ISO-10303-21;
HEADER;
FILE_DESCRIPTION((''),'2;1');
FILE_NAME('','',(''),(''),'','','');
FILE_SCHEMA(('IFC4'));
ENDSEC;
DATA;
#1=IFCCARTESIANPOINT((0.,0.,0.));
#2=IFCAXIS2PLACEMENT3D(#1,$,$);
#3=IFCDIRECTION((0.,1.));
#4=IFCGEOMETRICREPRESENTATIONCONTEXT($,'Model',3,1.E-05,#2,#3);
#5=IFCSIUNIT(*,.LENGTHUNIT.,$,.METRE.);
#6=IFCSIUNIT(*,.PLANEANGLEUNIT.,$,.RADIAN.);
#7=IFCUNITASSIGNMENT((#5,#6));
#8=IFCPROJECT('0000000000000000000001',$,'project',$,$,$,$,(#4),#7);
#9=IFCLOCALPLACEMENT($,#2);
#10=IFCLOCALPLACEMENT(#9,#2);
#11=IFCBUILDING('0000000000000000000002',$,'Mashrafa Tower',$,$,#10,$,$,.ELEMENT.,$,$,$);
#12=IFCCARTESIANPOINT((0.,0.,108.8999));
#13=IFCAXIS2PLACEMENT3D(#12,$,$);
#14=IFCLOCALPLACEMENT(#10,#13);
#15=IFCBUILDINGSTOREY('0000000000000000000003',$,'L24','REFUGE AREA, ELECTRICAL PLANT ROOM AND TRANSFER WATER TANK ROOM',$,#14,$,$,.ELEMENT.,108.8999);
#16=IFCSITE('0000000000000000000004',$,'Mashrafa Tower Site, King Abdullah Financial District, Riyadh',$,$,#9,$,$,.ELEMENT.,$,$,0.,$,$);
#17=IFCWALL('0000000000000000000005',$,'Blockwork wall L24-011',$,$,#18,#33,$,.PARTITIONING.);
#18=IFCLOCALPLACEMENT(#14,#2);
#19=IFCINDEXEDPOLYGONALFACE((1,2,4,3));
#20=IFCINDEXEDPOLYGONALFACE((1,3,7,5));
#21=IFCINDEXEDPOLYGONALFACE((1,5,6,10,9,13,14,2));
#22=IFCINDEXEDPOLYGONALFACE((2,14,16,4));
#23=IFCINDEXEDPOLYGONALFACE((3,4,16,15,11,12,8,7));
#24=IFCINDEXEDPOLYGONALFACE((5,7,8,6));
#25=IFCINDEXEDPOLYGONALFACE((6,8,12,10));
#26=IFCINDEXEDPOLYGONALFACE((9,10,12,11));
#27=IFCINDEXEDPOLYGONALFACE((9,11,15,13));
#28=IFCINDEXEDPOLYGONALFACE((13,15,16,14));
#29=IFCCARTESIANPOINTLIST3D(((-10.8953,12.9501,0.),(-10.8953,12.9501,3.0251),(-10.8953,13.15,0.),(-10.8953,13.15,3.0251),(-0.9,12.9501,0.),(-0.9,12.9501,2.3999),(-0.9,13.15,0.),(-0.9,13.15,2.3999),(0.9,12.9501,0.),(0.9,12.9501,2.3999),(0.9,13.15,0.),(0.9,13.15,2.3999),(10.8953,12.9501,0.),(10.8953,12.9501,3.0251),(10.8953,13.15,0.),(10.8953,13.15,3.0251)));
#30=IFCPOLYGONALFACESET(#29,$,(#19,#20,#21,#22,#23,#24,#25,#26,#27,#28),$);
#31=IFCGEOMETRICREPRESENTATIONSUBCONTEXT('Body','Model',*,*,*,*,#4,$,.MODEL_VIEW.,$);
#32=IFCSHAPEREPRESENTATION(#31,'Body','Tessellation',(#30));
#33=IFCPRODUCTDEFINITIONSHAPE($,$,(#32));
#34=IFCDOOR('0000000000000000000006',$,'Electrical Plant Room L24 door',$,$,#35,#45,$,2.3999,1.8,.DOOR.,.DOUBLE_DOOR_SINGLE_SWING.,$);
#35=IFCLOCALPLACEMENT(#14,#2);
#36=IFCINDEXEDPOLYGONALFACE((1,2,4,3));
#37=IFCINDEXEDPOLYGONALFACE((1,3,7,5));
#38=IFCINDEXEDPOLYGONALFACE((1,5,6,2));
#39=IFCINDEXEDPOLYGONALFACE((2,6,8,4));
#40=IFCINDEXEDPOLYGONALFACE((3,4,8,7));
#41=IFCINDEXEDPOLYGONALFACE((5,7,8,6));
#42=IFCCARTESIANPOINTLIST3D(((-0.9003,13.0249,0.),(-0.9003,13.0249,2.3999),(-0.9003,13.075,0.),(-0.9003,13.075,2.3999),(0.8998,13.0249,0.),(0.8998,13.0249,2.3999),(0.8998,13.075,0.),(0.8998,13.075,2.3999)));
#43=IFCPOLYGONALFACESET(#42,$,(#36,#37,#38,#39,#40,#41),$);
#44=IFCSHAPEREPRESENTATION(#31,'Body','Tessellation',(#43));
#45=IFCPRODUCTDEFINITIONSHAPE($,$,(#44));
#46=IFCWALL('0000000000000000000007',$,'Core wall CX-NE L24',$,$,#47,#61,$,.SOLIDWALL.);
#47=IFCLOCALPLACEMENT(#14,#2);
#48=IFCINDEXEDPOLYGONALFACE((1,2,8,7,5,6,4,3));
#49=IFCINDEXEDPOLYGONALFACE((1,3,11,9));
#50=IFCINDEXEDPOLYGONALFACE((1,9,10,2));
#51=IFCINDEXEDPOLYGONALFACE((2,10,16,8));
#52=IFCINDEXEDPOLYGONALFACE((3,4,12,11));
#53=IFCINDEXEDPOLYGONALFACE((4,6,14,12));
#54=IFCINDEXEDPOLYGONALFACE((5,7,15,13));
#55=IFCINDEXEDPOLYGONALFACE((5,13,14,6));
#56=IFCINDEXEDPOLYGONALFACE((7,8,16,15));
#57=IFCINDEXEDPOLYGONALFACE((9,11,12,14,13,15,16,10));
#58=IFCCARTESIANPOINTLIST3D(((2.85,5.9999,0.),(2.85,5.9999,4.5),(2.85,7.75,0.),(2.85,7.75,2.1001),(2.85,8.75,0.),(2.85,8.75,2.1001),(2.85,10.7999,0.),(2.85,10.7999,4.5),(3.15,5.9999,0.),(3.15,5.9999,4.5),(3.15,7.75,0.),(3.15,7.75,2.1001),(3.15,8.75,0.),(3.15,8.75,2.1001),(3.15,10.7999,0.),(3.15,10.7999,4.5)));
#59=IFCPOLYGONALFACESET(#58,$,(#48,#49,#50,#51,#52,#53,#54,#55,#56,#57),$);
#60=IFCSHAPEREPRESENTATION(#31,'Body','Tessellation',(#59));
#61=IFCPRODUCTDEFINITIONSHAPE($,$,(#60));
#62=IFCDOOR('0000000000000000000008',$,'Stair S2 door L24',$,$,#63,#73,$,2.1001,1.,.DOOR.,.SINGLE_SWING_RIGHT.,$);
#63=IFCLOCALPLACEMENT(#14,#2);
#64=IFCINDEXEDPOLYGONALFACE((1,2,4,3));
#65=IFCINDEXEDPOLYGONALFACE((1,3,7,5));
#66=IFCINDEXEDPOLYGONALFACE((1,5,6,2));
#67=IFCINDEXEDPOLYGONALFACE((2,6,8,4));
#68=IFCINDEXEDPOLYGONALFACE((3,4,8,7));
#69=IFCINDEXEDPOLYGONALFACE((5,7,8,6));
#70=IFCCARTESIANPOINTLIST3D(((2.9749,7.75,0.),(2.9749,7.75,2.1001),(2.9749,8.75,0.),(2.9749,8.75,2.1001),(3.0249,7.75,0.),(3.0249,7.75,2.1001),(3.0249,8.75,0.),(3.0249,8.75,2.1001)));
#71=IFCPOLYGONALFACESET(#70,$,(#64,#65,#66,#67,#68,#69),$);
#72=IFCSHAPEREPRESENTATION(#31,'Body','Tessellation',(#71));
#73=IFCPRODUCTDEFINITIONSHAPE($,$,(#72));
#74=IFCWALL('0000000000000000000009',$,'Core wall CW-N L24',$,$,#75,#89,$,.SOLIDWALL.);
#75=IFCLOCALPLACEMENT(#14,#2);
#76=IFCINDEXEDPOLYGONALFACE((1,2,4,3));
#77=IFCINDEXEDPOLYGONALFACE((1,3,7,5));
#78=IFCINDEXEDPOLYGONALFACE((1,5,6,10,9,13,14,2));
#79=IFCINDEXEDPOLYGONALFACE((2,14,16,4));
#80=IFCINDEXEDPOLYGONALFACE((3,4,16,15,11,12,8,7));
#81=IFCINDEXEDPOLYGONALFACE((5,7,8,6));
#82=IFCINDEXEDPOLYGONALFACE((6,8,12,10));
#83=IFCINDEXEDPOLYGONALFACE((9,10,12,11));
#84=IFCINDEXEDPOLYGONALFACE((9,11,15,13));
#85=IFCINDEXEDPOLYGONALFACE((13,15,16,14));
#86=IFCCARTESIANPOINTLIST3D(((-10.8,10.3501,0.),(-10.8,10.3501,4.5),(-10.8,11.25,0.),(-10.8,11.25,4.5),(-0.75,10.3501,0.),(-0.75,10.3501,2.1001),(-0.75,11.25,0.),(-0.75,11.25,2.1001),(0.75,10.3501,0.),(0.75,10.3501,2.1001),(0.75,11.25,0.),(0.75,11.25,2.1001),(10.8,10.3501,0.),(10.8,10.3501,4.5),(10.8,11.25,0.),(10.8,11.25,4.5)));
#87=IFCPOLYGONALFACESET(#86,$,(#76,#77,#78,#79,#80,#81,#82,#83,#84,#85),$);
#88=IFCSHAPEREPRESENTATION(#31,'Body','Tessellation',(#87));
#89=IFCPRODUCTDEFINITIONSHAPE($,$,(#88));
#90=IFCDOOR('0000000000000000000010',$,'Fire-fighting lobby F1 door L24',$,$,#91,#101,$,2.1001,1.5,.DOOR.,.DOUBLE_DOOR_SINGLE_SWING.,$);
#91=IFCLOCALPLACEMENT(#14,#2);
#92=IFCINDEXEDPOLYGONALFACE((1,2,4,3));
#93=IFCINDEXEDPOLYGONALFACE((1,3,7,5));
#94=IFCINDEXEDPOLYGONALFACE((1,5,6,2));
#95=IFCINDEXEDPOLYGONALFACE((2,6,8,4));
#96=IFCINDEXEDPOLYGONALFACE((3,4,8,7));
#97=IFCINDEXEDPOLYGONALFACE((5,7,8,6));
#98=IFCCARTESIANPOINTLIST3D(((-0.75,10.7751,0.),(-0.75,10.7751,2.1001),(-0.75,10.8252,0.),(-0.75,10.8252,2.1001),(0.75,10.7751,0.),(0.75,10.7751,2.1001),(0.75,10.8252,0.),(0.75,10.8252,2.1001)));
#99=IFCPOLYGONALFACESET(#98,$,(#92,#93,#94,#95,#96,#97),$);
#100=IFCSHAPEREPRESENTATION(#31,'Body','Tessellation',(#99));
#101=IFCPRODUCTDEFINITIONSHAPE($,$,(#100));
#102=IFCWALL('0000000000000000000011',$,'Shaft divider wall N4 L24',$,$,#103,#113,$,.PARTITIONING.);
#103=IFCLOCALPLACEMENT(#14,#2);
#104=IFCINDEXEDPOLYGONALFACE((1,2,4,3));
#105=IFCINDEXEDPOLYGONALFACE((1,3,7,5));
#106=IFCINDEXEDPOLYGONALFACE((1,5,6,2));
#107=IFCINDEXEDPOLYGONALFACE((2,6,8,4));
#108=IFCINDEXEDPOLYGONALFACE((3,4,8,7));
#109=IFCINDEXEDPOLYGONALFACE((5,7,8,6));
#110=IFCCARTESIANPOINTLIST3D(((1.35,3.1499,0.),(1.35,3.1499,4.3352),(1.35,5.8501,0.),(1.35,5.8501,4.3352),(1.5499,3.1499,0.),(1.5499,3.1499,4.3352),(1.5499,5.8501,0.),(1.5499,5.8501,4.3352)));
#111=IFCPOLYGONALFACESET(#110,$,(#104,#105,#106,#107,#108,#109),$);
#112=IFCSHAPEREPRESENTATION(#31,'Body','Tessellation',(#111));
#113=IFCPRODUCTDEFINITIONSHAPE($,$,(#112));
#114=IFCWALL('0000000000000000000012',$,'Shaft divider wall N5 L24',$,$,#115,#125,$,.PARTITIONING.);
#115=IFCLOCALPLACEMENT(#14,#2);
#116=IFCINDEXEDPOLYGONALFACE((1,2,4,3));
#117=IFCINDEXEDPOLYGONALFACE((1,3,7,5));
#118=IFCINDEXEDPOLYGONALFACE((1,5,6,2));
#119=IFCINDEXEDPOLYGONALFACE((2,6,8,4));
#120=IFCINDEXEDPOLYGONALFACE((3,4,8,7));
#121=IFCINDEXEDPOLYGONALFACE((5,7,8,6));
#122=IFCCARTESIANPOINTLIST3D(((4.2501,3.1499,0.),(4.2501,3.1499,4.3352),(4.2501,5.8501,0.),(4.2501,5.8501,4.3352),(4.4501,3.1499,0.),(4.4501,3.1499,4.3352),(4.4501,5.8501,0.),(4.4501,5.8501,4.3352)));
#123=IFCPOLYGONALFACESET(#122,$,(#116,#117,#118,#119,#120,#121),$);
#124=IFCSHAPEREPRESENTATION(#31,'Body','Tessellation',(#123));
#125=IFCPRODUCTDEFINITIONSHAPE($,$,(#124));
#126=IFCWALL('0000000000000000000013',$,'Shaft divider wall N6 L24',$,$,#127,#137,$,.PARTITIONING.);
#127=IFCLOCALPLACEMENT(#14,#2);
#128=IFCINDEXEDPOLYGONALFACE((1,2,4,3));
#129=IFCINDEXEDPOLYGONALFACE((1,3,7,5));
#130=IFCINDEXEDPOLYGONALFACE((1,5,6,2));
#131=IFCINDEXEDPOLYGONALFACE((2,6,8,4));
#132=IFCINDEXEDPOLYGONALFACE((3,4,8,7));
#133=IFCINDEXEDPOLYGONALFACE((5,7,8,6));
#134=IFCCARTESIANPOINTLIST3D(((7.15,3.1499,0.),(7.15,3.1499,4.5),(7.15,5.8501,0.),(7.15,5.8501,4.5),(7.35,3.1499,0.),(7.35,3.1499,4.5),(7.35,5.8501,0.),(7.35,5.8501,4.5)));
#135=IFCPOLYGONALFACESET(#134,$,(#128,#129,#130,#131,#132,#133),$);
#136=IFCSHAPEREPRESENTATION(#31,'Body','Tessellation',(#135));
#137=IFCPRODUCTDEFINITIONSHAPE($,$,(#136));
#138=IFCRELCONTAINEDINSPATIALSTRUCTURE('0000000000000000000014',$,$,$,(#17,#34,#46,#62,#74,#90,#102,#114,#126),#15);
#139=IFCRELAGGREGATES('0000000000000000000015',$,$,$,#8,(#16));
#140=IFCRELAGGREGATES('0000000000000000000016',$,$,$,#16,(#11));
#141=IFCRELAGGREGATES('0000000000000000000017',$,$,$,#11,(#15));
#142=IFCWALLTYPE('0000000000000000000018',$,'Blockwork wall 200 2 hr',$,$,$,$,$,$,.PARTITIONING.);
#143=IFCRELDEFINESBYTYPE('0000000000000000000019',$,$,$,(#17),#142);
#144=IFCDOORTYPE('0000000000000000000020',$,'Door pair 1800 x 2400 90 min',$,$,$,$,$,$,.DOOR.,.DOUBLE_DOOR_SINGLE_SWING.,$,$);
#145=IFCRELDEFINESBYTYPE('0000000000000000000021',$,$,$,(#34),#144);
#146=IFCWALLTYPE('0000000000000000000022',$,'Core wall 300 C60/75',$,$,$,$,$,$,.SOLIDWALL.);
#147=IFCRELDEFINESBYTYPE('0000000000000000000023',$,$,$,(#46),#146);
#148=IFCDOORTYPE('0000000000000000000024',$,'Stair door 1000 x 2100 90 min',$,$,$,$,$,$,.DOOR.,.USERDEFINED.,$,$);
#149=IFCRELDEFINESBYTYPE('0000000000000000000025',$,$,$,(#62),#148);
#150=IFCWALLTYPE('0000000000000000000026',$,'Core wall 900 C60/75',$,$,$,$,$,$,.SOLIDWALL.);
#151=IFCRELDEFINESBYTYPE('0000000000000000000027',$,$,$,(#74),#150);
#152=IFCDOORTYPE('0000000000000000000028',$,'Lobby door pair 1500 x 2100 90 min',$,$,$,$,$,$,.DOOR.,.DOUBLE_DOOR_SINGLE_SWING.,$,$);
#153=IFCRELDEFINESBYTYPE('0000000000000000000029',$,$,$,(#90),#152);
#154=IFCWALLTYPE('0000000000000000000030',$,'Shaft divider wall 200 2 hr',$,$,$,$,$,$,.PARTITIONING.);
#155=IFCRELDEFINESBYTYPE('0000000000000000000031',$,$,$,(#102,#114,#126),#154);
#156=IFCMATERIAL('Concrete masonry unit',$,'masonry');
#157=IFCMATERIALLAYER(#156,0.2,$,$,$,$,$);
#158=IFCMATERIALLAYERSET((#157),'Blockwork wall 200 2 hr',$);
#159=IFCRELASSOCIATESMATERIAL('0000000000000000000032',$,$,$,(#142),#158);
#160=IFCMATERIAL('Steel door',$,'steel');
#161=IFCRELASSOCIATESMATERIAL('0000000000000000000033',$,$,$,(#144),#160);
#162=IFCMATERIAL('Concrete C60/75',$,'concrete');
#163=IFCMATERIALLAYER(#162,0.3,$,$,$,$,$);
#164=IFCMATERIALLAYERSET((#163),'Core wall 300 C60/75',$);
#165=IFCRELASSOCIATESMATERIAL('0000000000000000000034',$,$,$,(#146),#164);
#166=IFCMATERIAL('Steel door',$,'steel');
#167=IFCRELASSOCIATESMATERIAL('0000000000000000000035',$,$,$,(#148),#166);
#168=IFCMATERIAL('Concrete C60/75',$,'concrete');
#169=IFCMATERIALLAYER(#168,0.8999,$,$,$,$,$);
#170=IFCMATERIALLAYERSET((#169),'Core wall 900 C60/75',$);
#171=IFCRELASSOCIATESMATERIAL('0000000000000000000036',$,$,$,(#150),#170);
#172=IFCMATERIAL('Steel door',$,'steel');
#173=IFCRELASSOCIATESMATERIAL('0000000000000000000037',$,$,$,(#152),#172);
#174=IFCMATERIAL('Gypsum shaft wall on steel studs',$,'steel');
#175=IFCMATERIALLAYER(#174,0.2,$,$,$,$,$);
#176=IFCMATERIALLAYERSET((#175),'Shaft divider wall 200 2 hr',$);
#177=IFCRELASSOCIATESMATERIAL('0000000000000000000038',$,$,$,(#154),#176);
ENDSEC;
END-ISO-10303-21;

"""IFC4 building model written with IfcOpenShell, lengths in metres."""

from ifc_helpers import new_model, si_unit, direction, frame, frame_2d, origin, place, context, subcontext, project, spatial, rectangle, extrude, material, layer, layer_set, type_object, element, fill, save


model = new_model("IFC4")

# Units and contexts
model_context = context("Model", 3, precision=1e-05, world=origin(), true_north=direction((0.0, 1.0)))
body_context = subcontext(model_context, "Body", "Model", "MODEL_VIEW")
ifc_project = project(units=[si_unit("LENGTHUNIT", "METRE"), si_unit("PLANEANGLEUNIT", "RADIAN")], contexts=[model_context])

# Site, building, storey
site_placement = place(None, origin())
site = spatial("IfcSite", under=ifc_project, at=site_placement, Name="Mashrafa Tower Site, King Abdullah Financial District, Riyadh", CompositionType="ELEMENT", RefElevation=0.0)
building_placement = place(site_placement, origin())
building = spatial("IfcBuilding", under=site, at=building_placement, Name="Mashrafa Tower", CompositionType="ELEMENT")
storey_placement = place(building_placement, frame((0.0, 0.0, 108.8999)))
storey = spatial("IfcBuildingStorey", under=building, at=storey_placement, Name="L24", Description="REFUGE AREA, ELECTRICAL PLANT ROOM AND TRANSFER WATER TANK ROOM", CompositionType="ELEMENT", Elevation=108.8999)

# Walls, openings, doors
ifc_material_1 = material(Name="Concrete masonry unit", Category="masonry")
ifc_layer_1 = layer(ifc_material_1, 0.2)
ifc_layer_set_1 = layer_set([ifc_layer_1], Name="Blockwork wall 200 2 hr")
wall_type_1 = type_object("IfcWallType", Name="Blockwork wall 200 2 hr", PredefinedType="PARTITIONING", material=ifc_layer_set_1)
wall_1_placement = place(storey_placement, frame((10.8953, 13.05, 0.0), z_axis=(0.0, 0.0, 1.0), x_axis=(-1.0, 0.0, 0.0)))
wall_1 = element("IfcWall", 1, at=wall_1_placement, inside=storey, type_object=wall_type_1, Name="Blockwork wall L24-011", PredefinedType="PARTITIONING", context=body_context, shape_type="SweptSolid", body=[
    extrude(rectangle(XDim=21.7905, YDim=0.2, at=frame_2d((10.8953, 0.0))), origin(), (0.0, 0.0, 1.0), 3.0251),
])
opening_1_placement = place(wall_1_placement, frame((9.9954, 0.0, 0.0)))
opening_1 = element("IfcOpeningElement", 2, at=opening_1_placement, cuts=wall_1, PredefinedType="OPENING", context=body_context, shape_type="SweptSolid", body=[
    extrude(rectangle(XDim=1.8, YDim=2.3999, at=frame_2d((0.8999, 1.2))), frame((0.0, 0.1099, 0.0), z_axis=(0.0, -1.0, 0.0), x_axis=(1.0, 0.0, 0.0)), (0.0, 0.0, 1.0), 0.22),
])
ifc_material_2 = material(Name="Steel door", Category="steel")
door_type_1 = type_object("IfcDoorType", Name="Door pair 1800 x 2400 90 min", OperationType="DOUBLE_DOOR_SINGLE_SWING", PredefinedType="DOOR", material=ifc_material_2)
door_1_placement = place(opening_1_placement, frame((1.8, 0.0, 0.0), z_axis=(0.0, 0.0, 1.0), x_axis=(-1.0, 0.0, 0.0)))
door_1 = element("IfcDoor", 3, at=door_1_placement, inside=storey, type_object=door_type_1, Name="Electrical Plant Room L24 door", OperationType="DOUBLE_DOOR_SINGLE_SWING", OverallHeight=2.3999, OverallWidth=1.8, PredefinedType="DOOR", context=body_context, shape_type="SweptSolid", body=[
    extrude(rectangle(XDim=1.8, YDim=2.3999, at=frame_2d((0.8999, 1.2))), frame((0.0, 0.0249, 0.0), z_axis=(0.0, -1.0, 0.0), x_axis=(1.0, 0.0, 0.0)), (0.0, 0.0, 1.0), 0.05),
])
fill(opening_1, door_1)
ifc_material_3 = material(Name="Concrete C60/75", Category="concrete")
ifc_layer_2 = layer(ifc_material_3, 0.3)
ifc_layer_set_2 = layer_set([ifc_layer_2], Name="Core wall 300 C60/75")
wall_type_2 = type_object("IfcWallType", Name="Core wall 300 C60/75", PredefinedType="SOLIDWALL", material=ifc_layer_set_2)
wall_2_placement = place(storey_placement, frame((3.0, 6.0, 0.0), z_axis=(0.0, 0.0, 1.0), x_axis=(0.0, 1.0, 0.0)))
wall_2 = element("IfcWall", 4, at=wall_2_placement, inside=storey, type_object=wall_type_2, Name="Core wall CX-NE L24", PredefinedType="SOLIDWALL", context=body_context, shape_type="SweptSolid", body=[
    extrude(rectangle(XDim=4.8, YDim=0.3, at=frame_2d((2.3999, 0.0))), origin(), (0.0, 0.0, 1.0), 4.5),
])
opening_2_placement = place(wall_2_placement, frame((1.75, 0.0, 0.0)))
opening_2 = element("IfcOpeningElement", 5, at=opening_2_placement, cuts=wall_2, PredefinedType="OPENING", context=body_context, shape_type="SweptSolid", body=[
    extrude(rectangle(XDim=1.0, YDim=2.1001, at=frame_2d((0.5, 1.05))), frame((0.0, 0.1599, 0.0), z_axis=(0.0, -1.0, 0.0), x_axis=(1.0, 0.0, 0.0)), (0.0, 0.0, 1.0), 0.3201),
])
ifc_material_4 = material(Name="Steel door", Category="steel")
door_type_2 = type_object("IfcDoorType", Name="Stair door 1000 x 2100 90 min", OperationType="USERDEFINED", PredefinedType="DOOR", material=ifc_material_4)
door_2_placement = place(opening_2_placement, frame((1.0, 0.0, 0.0), z_axis=(0.0, 0.0, 1.0), x_axis=(-1.0, 0.0, 0.0)))
door_2 = element("IfcDoor", 6, at=door_2_placement, inside=storey, type_object=door_type_2, Name="Stair S2 door L24", OperationType="SINGLE_SWING_RIGHT", OverallHeight=2.1001, OverallWidth=1.0, PredefinedType="DOOR", context=body_context, shape_type="SweptSolid", body=[
    extrude(rectangle(XDim=1.0, YDim=2.1001, at=frame_2d((0.5, 1.05))), frame((0.0, 0.0249, 0.0), z_axis=(0.0, -1.0, 0.0), x_axis=(1.0, 0.0, 0.0)), (0.0, 0.0, 1.0), 0.05),
])
fill(opening_2, door_2)
ifc_material_5 = material(Name="Concrete C60/75", Category="concrete")
ifc_layer_3 = layer(ifc_material_5, 0.8999)
ifc_layer_set_3 = layer_set([ifc_layer_3], Name="Core wall 900 C60/75")
wall_type_3 = type_object("IfcWallType", Name="Core wall 900 C60/75", PredefinedType="SOLIDWALL", material=ifc_layer_set_3)
wall_3_placement = place(storey_placement, frame((10.8, 10.8, 0.0), z_axis=(0.0, 0.0, 1.0), x_axis=(-1.0, 0.0, 0.0)))
wall_3 = element("IfcWall", 7, at=wall_3_placement, inside=storey, type_object=wall_type_3, Name="Core wall CW-N L24", PredefinedType="SOLIDWALL", context=body_context, shape_type="SweptSolid", body=[
    extrude(rectangle(XDim=21.6001, YDim=0.8999, at=frame_2d((10.8, 0.0))), origin(), (0.0, 0.0, 1.0), 4.5),
])
opening_3_placement = place(wall_3_placement, frame((10.05, 0.0, 0.0)))
opening_3 = element("IfcOpeningElement", 8, at=opening_3_placement, cuts=wall_3, PredefinedType="OPENING", context=body_context, shape_type="SweptSolid", body=[
    extrude(rectangle(XDim=1.5, YDim=2.1001, at=frame_2d((0.75, 1.05))), frame((0.0, 0.46, 0.0), z_axis=(0.0, -1.0, 0.0), x_axis=(1.0, 0.0, 0.0)), (0.0, 0.0, 1.0), 0.9199),
])
ifc_material_6 = material(Name="Steel door", Category="steel")
door_type_3 = type_object("IfcDoorType", Name="Lobby door pair 1500 x 2100 90 min", OperationType="DOUBLE_DOOR_SINGLE_SWING", PredefinedType="DOOR", material=ifc_material_6)
door_3_placement = place(opening_3_placement, origin())
door_3 = element("IfcDoor", 9, at=door_3_placement, inside=storey, type_object=door_type_3, Name="Fire-fighting lobby F1 door L24", OperationType="DOUBLE_DOOR_SINGLE_SWING", OverallHeight=2.1001, OverallWidth=1.5, PredefinedType="DOOR", context=body_context, shape_type="SweptSolid", body=[
    extrude(rectangle(XDim=1.5, YDim=2.1001, at=frame_2d((0.75, 1.05))), frame((0.0, 0.0249, 0.0), z_axis=(0.0, -1.0, 0.0), x_axis=(1.0, 0.0, 0.0)), (0.0, 0.0, 1.0), 0.05),
])
fill(opening_3, door_3)

# Walls
ifc_material_7 = material(Name="Gypsum shaft wall on steel studs", Category="steel")
ifc_layer_4 = layer(ifc_material_7, 0.2)
ifc_layer_set_4 = layer_set([ifc_layer_4], Name="Shaft divider wall 200 2 hr")
wall_type_4 = type_object("IfcWallType", Name="Shaft divider wall 200 2 hr", PredefinedType="PARTITIONING", material=ifc_layer_set_4)
for number, where, z_axis, x_axis, name in (
    (10, (1.45, 3.1499, 0.0), (0.0, 0.0, 1.0), (0.0, 1.0, 0.0), "Shaft divider wall N4 L24"),
    (11, (4.3501, 3.1499, 0.0), (0.0, 0.0, 1.0), (0.0, 1.0, 0.0), "Shaft divider wall N5 L24"),
):
    element("IfcWall", number, at=place(storey_placement, frame(where, z_axis=z_axis, x_axis=x_axis)), inside=storey, type_object=wall_type_4, Name=name, PredefinedType="PARTITIONING", context=body_context, shape_type="SweptSolid", body=[
        extrude(rectangle(XDim=2.7002, YDim=0.2, at=frame_2d((1.3501, 0.0))), origin(), (0.0, 0.0, 1.0), 4.3352),
    ])
wall_4_placement = place(storey_placement, frame((7.25, 3.1499, 0.0), z_axis=(0.0, 0.0, 1.0), x_axis=(0.0, 1.0, 0.0)))
element("IfcWall", 12, at=wall_4_placement, inside=storey, type_object=wall_type_4, Name="Shaft divider wall N6 L24", PredefinedType="PARTITIONING", context=body_context, shape_type="SweptSolid", body=[
    extrude(rectangle(XDim=2.7002, YDim=0.2, at=frame_2d((1.3501, 0.0))), origin(), (0.0, 0.0, 1.0), 4.5),
])

save(model, "model.ifc")
